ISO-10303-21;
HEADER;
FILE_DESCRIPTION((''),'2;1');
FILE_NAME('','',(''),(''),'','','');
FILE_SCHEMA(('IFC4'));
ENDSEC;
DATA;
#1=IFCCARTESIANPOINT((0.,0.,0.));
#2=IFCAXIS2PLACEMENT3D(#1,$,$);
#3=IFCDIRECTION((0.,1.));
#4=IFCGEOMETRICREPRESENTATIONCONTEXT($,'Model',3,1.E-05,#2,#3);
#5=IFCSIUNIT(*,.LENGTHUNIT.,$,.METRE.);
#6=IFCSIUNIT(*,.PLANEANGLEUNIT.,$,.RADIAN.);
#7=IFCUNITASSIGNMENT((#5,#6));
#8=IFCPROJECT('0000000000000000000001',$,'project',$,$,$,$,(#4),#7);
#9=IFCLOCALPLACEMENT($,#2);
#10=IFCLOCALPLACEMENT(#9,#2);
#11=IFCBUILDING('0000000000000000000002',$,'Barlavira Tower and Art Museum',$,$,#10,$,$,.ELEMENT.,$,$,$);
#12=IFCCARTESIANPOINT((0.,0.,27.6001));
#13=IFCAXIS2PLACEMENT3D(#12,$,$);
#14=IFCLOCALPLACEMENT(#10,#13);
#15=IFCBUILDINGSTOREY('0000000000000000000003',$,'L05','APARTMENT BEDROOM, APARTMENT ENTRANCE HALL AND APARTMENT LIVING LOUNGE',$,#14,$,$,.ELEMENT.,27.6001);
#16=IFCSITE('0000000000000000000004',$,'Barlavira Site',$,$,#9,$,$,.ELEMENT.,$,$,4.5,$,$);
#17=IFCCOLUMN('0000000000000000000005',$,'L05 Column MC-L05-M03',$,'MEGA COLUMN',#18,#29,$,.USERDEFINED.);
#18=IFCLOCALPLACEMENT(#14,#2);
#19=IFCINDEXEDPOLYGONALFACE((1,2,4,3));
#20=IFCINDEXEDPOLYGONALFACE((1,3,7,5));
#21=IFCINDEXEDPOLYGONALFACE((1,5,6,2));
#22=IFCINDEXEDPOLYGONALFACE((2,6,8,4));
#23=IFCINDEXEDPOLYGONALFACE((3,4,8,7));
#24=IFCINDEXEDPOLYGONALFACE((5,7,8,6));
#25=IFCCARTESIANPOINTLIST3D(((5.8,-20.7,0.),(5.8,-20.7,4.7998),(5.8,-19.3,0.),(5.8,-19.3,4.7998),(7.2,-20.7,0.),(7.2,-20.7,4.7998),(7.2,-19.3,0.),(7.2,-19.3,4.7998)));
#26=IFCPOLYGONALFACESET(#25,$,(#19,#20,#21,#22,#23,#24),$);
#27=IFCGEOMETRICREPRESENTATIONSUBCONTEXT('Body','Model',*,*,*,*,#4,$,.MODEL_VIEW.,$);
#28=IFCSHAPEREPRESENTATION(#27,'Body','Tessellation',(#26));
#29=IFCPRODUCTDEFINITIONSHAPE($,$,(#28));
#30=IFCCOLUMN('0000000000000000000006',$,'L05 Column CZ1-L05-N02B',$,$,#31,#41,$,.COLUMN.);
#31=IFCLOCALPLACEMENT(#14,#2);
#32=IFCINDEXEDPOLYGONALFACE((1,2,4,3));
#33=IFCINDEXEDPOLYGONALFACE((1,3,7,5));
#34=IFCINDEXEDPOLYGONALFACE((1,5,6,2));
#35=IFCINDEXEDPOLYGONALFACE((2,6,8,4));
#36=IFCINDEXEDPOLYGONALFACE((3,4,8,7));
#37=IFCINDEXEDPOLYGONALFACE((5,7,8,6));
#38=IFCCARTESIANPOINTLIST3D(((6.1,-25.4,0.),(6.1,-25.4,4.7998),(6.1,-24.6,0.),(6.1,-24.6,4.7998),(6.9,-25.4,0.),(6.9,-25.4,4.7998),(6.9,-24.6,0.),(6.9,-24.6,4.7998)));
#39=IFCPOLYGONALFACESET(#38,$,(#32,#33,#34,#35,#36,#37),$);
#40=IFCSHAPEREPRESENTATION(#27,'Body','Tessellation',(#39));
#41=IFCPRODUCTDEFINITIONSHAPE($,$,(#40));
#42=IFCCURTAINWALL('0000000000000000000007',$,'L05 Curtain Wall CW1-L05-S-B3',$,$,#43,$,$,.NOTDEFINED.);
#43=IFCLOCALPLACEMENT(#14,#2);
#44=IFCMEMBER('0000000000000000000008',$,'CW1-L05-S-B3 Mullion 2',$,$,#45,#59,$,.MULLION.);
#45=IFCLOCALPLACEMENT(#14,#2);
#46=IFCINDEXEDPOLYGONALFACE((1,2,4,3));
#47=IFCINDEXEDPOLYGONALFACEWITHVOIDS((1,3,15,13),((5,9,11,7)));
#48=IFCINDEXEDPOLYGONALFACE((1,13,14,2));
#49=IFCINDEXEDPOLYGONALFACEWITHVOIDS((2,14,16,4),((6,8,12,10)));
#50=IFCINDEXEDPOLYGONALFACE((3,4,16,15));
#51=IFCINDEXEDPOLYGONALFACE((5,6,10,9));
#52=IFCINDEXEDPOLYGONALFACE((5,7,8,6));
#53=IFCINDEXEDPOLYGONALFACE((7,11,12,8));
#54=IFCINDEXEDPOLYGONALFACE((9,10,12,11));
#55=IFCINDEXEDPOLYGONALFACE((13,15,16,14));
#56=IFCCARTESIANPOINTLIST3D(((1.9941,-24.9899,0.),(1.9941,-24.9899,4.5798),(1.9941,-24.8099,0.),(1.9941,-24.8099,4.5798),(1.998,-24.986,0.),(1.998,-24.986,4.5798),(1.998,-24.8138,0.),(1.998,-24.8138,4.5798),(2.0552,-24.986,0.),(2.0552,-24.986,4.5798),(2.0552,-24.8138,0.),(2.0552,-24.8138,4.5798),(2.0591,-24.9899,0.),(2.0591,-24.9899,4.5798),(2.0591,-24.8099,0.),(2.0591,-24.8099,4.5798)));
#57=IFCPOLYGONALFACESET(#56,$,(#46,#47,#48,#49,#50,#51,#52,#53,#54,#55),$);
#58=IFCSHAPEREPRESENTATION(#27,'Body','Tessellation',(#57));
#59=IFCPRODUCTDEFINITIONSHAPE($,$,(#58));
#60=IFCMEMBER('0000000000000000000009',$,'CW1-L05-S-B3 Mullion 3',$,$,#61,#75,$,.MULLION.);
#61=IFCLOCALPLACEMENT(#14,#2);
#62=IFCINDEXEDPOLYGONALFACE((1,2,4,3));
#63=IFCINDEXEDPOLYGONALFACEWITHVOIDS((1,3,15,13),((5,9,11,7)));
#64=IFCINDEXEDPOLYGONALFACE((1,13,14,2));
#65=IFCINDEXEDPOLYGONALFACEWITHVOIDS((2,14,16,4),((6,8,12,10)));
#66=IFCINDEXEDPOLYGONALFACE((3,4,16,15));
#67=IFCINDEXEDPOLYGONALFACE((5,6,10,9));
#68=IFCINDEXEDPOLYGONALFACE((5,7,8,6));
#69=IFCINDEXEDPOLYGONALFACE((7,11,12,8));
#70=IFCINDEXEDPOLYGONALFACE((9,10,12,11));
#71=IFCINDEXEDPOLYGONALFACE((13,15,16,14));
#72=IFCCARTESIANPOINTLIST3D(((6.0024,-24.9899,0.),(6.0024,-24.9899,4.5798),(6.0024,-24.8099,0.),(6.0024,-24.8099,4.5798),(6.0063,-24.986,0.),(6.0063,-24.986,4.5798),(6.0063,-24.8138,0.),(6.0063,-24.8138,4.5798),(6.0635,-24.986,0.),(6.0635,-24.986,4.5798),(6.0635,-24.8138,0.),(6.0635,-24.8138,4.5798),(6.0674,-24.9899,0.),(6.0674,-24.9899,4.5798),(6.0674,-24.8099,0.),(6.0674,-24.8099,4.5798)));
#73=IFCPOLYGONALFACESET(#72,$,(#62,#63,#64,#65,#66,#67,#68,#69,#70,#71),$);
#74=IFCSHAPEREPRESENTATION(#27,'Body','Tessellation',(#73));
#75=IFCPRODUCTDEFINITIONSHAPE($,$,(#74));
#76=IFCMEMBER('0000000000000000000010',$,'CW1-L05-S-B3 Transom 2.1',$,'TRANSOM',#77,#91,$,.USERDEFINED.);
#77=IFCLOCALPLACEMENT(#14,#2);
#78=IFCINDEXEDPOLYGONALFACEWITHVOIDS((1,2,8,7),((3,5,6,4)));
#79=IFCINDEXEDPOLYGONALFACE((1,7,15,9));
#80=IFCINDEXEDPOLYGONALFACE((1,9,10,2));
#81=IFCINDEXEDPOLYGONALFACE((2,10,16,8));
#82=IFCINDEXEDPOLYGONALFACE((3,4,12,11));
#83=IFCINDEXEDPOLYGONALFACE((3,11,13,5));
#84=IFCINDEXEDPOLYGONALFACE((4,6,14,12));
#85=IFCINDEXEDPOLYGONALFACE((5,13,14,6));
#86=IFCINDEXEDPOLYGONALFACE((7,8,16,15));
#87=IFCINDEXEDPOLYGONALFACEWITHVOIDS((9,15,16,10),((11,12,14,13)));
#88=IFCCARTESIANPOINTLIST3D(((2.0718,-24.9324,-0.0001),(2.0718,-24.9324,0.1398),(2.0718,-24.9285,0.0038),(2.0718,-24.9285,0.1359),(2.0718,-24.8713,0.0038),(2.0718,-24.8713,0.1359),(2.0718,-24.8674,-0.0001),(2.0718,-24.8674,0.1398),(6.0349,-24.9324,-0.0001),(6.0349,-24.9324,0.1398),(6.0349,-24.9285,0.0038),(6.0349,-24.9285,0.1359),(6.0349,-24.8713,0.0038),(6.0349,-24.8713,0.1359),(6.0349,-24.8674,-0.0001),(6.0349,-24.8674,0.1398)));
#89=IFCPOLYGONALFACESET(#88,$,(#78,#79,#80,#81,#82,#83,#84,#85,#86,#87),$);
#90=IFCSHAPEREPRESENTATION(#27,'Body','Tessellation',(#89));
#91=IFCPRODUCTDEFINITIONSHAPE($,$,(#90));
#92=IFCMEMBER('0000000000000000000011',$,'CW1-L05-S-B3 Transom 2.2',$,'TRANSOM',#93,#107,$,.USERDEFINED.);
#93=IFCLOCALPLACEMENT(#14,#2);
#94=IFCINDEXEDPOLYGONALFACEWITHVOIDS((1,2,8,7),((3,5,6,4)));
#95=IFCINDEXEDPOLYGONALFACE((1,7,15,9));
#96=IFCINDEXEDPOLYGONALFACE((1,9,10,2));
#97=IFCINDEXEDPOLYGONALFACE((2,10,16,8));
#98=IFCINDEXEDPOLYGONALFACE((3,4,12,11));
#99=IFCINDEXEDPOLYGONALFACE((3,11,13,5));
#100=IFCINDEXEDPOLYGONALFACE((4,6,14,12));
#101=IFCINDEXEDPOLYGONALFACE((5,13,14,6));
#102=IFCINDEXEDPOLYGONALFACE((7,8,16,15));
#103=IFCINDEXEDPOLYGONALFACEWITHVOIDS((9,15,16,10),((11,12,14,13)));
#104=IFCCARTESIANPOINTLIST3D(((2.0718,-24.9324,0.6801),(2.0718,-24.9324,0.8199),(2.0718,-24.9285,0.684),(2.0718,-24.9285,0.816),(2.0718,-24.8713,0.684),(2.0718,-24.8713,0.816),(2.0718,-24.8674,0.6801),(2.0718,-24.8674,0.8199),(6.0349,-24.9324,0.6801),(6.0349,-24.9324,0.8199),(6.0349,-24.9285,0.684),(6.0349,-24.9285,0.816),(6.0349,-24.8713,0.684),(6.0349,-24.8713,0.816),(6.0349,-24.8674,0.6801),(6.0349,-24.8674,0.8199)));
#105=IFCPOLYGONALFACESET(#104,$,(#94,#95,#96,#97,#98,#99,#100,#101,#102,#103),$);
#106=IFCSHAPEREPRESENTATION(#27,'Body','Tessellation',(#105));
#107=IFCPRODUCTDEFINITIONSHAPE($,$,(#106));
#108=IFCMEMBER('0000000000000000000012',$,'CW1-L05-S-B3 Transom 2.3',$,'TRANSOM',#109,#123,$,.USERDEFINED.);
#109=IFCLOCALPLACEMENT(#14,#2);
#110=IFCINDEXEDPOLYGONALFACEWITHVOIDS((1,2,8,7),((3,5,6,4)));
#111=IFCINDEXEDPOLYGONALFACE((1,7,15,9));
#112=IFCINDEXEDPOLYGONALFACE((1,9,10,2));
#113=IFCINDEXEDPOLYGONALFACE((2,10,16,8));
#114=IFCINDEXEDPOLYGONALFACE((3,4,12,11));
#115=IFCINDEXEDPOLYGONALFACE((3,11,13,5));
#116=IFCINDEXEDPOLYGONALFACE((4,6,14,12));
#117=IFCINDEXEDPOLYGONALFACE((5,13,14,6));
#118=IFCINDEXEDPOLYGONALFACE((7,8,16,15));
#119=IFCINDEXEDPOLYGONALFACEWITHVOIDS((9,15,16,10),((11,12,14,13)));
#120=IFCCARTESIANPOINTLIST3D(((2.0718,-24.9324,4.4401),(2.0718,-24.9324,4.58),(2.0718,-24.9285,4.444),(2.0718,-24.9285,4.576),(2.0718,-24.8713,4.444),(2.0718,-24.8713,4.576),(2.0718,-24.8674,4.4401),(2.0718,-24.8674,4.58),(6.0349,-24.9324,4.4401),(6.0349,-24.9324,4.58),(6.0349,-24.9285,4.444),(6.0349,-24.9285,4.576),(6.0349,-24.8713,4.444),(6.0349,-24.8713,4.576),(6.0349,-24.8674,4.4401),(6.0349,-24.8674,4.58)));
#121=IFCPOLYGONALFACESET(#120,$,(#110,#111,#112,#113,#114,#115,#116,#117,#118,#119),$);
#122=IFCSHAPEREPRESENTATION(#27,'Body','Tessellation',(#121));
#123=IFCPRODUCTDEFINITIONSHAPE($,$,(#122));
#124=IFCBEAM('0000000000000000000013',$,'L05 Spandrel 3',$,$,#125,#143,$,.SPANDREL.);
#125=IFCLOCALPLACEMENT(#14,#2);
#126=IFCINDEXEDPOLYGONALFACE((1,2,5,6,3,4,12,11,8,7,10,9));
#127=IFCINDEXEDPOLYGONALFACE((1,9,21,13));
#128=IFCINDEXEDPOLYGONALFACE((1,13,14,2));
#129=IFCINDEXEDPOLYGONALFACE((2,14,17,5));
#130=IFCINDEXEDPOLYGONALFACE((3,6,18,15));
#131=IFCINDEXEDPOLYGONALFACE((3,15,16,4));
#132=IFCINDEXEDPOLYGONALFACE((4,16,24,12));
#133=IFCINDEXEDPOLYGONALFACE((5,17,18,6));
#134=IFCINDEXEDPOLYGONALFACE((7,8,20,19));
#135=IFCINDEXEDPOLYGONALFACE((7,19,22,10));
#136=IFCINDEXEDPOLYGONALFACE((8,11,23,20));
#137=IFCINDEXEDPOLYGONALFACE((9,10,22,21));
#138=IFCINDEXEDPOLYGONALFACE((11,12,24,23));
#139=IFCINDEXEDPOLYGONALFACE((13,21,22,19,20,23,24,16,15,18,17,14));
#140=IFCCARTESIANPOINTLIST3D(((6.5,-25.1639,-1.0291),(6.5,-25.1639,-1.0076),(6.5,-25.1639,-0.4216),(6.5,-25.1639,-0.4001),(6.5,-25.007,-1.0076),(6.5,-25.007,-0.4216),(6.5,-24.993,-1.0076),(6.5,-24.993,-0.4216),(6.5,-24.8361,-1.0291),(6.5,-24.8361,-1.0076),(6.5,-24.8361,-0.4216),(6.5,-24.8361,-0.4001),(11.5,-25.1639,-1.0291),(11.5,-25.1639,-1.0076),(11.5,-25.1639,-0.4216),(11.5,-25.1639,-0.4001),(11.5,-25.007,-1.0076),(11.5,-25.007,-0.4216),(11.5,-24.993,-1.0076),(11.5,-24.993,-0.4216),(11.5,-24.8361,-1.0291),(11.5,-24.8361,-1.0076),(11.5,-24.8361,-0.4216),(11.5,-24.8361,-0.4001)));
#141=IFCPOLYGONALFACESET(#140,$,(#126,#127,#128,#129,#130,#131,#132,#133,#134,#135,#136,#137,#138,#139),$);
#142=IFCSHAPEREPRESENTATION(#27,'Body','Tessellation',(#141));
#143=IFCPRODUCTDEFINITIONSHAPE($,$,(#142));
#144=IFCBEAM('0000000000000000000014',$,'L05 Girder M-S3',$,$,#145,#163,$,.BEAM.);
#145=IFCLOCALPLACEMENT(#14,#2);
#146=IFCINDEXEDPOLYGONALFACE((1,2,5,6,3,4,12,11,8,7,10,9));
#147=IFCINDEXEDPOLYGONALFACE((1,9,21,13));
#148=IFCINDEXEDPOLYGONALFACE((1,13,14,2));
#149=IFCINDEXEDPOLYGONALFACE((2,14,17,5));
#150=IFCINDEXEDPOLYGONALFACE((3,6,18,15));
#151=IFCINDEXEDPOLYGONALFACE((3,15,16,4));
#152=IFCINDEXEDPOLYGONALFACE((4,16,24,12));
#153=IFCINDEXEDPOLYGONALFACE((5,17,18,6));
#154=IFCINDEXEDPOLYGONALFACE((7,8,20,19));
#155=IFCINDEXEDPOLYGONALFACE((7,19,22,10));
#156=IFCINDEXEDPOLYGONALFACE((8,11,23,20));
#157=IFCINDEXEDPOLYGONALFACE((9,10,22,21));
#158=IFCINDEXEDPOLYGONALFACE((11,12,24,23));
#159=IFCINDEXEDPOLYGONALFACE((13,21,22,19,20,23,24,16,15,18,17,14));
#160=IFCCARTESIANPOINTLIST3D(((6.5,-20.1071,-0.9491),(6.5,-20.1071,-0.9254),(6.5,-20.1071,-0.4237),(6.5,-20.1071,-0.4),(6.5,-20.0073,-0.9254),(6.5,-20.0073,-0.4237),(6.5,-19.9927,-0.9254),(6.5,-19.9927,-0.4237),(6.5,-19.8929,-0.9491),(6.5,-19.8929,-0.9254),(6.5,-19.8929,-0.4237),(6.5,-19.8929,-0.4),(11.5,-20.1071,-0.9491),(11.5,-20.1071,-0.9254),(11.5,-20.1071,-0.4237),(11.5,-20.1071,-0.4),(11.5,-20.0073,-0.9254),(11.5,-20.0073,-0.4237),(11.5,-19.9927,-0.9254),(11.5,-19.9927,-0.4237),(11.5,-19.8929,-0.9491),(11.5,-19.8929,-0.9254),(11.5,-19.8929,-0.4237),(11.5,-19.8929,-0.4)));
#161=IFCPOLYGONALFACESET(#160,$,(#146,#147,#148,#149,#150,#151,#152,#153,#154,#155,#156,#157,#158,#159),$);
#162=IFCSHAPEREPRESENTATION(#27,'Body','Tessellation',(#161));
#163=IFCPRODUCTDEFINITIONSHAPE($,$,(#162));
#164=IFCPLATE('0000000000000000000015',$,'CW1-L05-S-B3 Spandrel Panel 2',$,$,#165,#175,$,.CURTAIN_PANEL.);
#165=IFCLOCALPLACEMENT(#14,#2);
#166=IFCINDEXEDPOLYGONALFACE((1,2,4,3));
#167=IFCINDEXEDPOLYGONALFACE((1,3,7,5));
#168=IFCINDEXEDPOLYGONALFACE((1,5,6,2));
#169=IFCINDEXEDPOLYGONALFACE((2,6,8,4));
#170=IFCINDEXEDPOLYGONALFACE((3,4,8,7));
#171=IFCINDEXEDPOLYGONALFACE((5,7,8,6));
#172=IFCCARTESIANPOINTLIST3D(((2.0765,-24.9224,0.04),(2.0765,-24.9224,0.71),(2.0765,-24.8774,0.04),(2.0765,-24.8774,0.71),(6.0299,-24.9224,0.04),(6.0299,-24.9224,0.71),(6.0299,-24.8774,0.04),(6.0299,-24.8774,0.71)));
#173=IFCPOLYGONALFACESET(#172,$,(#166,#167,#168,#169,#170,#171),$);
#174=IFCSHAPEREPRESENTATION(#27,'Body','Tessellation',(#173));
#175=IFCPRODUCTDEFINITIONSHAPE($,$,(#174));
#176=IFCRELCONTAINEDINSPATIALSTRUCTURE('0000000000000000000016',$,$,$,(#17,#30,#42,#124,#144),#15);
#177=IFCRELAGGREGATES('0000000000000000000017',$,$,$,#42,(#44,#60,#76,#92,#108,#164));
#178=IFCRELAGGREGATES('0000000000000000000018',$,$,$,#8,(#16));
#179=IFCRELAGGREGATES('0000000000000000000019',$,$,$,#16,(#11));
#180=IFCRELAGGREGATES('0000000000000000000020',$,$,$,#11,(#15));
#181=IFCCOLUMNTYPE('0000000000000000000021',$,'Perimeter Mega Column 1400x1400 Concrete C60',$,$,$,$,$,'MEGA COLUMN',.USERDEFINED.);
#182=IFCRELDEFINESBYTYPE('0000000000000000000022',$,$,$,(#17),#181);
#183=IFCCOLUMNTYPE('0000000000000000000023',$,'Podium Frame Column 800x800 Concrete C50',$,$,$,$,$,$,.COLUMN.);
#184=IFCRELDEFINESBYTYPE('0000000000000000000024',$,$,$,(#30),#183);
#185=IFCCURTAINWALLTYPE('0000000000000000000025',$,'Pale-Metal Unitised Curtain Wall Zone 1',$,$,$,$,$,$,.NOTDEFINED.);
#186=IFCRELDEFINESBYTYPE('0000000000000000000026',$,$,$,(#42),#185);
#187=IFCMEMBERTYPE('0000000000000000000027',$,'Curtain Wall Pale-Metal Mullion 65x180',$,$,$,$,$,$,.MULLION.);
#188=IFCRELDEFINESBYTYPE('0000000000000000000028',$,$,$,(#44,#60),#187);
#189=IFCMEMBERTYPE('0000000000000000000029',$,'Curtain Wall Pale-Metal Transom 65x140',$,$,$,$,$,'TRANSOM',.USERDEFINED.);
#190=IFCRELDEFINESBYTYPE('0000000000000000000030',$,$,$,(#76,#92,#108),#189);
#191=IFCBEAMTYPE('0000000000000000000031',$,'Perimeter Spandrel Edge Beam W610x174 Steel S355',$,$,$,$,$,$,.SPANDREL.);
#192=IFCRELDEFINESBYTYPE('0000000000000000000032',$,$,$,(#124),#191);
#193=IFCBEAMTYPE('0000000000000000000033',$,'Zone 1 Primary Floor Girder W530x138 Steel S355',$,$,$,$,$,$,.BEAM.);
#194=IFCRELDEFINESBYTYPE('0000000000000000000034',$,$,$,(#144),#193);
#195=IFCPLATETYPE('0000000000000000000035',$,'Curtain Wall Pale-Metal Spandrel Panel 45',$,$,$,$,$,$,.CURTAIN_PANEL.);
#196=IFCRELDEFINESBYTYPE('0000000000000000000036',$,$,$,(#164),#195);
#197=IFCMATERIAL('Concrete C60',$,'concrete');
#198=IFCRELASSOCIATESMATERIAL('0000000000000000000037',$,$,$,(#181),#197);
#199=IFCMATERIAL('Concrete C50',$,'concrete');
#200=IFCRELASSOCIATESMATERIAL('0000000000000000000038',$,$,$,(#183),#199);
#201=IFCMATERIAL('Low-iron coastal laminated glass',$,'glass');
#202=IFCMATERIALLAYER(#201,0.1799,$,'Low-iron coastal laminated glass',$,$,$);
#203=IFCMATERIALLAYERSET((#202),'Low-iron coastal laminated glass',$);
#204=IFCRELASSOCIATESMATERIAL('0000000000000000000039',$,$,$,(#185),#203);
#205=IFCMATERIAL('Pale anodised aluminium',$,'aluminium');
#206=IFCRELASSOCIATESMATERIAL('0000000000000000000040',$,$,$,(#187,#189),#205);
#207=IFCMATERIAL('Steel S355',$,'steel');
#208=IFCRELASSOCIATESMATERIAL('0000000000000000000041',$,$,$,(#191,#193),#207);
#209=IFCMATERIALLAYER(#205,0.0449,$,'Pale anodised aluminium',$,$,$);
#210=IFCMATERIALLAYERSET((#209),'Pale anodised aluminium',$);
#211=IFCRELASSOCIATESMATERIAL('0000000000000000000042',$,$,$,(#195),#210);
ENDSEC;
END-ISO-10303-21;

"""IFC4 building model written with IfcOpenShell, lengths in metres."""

from ifc_helpers import new_model, si_unit, direction, frame, origin, origin_2d, place, context, subcontext, project, spatial, rectangle, hollow_rectangle, i_section, extrude, material, layer, layer_set, material_profile, profile_set, type_object, element, aggregate, save


model = new_model("IFC4")

# Units and contexts
model_context = context("Model", 3, precision=1e-05, world=origin(), true_north=direction((0.0, 1.0)))
body_context = subcontext(model_context, "Body", "Model", "MODEL_VIEW")
ifc_project = project(units=[si_unit("LENGTHUNIT", "METRE"), si_unit("PLANEANGLEUNIT", "RADIAN")], contexts=[model_context])

# Site, building, storey
site_placement = place(None, origin())
site = spatial("IfcSite", under=ifc_project, at=site_placement, Name="Barlavira Site", CompositionType="ELEMENT", RefElevation=4.5)
building_placement = place(site_placement, origin())
building = spatial("IfcBuilding", under=site, at=building_placement, Name="Barlavira Tower and Art Museum", CompositionType="ELEMENT")
storey_placement = place(building_placement, frame((0.0, 0.0, 27.6001)))
storey = spatial("IfcBuildingStorey", under=building, at=storey_placement, Name="L05", Description="APARTMENT BEDROOM, APARTMENT ENTRANCE HALL AND APARTMENT LIVING LOUNGE", CompositionType="ELEMENT", Elevation=27.6001)

# Columns
ifc_material_1 = material(Name="Concrete C60", Category="concrete")
ifc_material_profile_1 = material_profile(ifc_material_1, rectangle(XDim=1.3999, YDim=1.3999, at=origin_2d()), Name="RC-MCOL 1400x1400")
ifc_profile_set_1 = profile_set([ifc_material_profile_1], Name="Concrete C60")
column_type_1 = type_object("IfcColumnType", Name="Perimeter Mega Column 1400x1400 Concrete C60", ElementType="MEGA COLUMN", PredefinedType="USERDEFINED", material=ifc_profile_set_1)
column_1_placement = place(storey_placement, frame((6.5, -20.0, 0.0), z_axis=(0.0, 0.0, 1.0), x_axis=(1.0, 0.0, 0.0)))
element("IfcColumn", 1, at=column_1_placement, inside=storey, type_object=column_type_1, Name="L05 Column MC-L05-M03", ObjectType="MEGA COLUMN", PredefinedType="USERDEFINED", context=body_context, shape_type="SweptSolid", body=[
    extrude(rectangle(XDim=1.3999, YDim=1.3999, at=origin_2d()), origin(), (0.0, 0.0, 1.0), 4.7998),
])
ifc_material_2 = material(Name="Concrete C50", Category="concrete")
ifc_material_profile_2 = material_profile(ifc_material_2, rectangle(XDim=0.8, YDim=0.8, at=origin_2d()), Name="RC-COL 800x800")
ifc_profile_set_2 = profile_set([ifc_material_profile_2], Name="Concrete C50")
column_type_2 = type_object("IfcColumnType", Name="Podium Frame Column 800x800 Concrete C50", PredefinedType="COLUMN", material=ifc_profile_set_2)
column_2_placement = place(storey_placement, frame((6.5, -25.0, 0.0), z_axis=(0.0, 0.0, 1.0), x_axis=(1.0, 0.0, 0.0)))
element("IfcColumn", 2, at=column_2_placement, inside=storey, type_object=column_type_2, Name="L05 Column CZ1-L05-N02B", PredefinedType="COLUMN", context=body_context, shape_type="SweptSolid", body=[
    extrude(rectangle(XDim=0.8, YDim=0.8, at=origin_2d()), origin(), (0.0, 0.0, 1.0), 4.7998),
])

# Curtain wall, members
ifc_material_3 = material(Name="Low-iron coastal laminated glass", Category="glass")
ifc_layer_1 = layer(ifc_material_3, 0.1799, Name="Low-iron coastal laminated glass")
ifc_layer_set_1 = layer_set([ifc_layer_1], Name="Low-iron coastal laminated glass")
curtain_wall_type = type_object("IfcCurtainWallType", Name="Pale-Metal Unitised Curtain Wall Zone 1", PredefinedType="NOTDEFINED", material=ifc_layer_set_1)
curtain_wall_placement = place(storey_placement, origin())
curtain_wall = element("IfcCurtainWall", 3, at=curtain_wall_placement, inside=storey, type_object=curtain_wall_type, Name="L05 Curtain Wall CW1-L05-S-B3", PredefinedType="NOTDEFINED")
ifc_material_4 = material(Name="Pale anodised aluminium", Category="aluminium")
ifc_material_profile_3 = material_profile(ifc_material_4, hollow_rectangle(XDim=0.0649, YDim=0.1799, WallThickness=0.0039, at=origin_2d()), Name="ALU-MULL 65x180x4")
ifc_profile_set_3 = profile_set([ifc_material_profile_3], Name="Pale anodised aluminium")
member_type_1 = type_object("IfcMemberType", Name="Curtain Wall Pale-Metal Mullion 65x180", PredefinedType="MULLION", material=ifc_profile_set_3)
member_1_placement = place(storey_placement, frame((2.0266, -24.8999, 0.0), z_axis=(0.0, 0.0, 1.0), x_axis=(1.0, 0.0, 0.0)))
member_1 = element("IfcMember", 4, at=member_1_placement, type_object=member_type_1, Name="CW1-L05-S-B3 Mullion 2", PredefinedType="MULLION", context=body_context, shape_type="SweptSolid", body=[
    extrude(hollow_rectangle(XDim=0.0649, YDim=0.1799, WallThickness=0.0039, at=origin_2d()), origin(), (0.0, 0.0, 1.0), 4.5798),
])
member_2_placement = place(storey_placement, frame((6.0349, -24.8999, 0.0), z_axis=(0.0, 0.0, 1.0), x_axis=(1.0, 0.0, 0.0)))
member_2 = element("IfcMember", 5, at=member_2_placement, type_object=member_type_1, Name="CW1-L05-S-B3 Mullion 3", PredefinedType="MULLION", context=body_context, shape_type="SweptSolid", body=[
    extrude(hollow_rectangle(XDim=0.0649, YDim=0.1799, WallThickness=0.0039, at=origin_2d()), origin(), (0.0, 0.0, 1.0), 4.5798),
])
ifc_material_profile_4 = material_profile(ifc_material_4, hollow_rectangle(XDim=0.0649, YDim=0.1399, WallThickness=0.0039, at=origin_2d()), Name="ALU-TRAN 65x140x4")
ifc_profile_set_4 = profile_set([ifc_material_profile_4], Name="Pale anodised aluminium")
member_type_2 = type_object("IfcMemberType", Name="Curtain Wall Pale-Metal Transom 65x140", ElementType="TRANSOM", PredefinedType="USERDEFINED", material=ifc_profile_set_4)
member_3_placement = place(storey_placement, frame((2.0718, -24.8999, 0.0698), z_axis=(1.0, 0.0, 0.0), x_axis=(0.0, 1.0, 0.0)))
member_3 = element("IfcMember", 6, at=member_3_placement, type_object=member_type_2, Name="CW1-L05-S-B3 Transom 2.1", ObjectType="TRANSOM", PredefinedType="USERDEFINED", context=body_context, shape_type="SweptSolid", body=[
    extrude(hollow_rectangle(XDim=0.0649, YDim=0.1399, WallThickness=0.0039, at=origin_2d()), origin(), (0.0, 0.0, 1.0), 3.9631),
])
member_4_placement = place(storey_placement, frame((2.0718, -24.8999, 0.75), z_axis=(1.0, 0.0, 0.0), x_axis=(0.0, 1.0, 0.0)))
member_4 = element("IfcMember", 7, at=member_4_placement, type_object=member_type_2, Name="CW1-L05-S-B3 Transom 2.2", ObjectType="TRANSOM", PredefinedType="USERDEFINED", context=body_context, shape_type="SweptSolid", body=[
    extrude(hollow_rectangle(XDim=0.0649, YDim=0.1399, WallThickness=0.0039, at=origin_2d()), origin(), (0.0, 0.0, 1.0), 3.9631),
])
member_5_placement = place(storey_placement, frame((2.0718, -24.8999, 4.51), z_axis=(1.0, 0.0, 0.0), x_axis=(0.0, 1.0, 0.0)))
member_5 = element("IfcMember", 8, at=member_5_placement, type_object=member_type_2, Name="CW1-L05-S-B3 Transom 2.3", ObjectType="TRANSOM", PredefinedType="USERDEFINED", context=body_context, shape_type="SweptSolid", body=[
    extrude(hollow_rectangle(XDim=0.0649, YDim=0.1399, WallThickness=0.0039, at=origin_2d()), origin(), (0.0, 0.0, 1.0), 3.9631),
])

# Beams
ifc_material_5 = material(Name="Steel S355", Category="steel")
ifc_material_profile_5 = material_profile(ifc_material_5, i_section(OverallWidth=0.3279, OverallDepth=0.6289, WebThickness=0.0139, FlangeThickness=0.0215, at=origin_2d()), Name="W610x174.0")
ifc_profile_set_5 = profile_set([ifc_material_profile_5], Name="Steel S355")
beam_type_1 = type_object("IfcBeamType", Name="Perimeter Spandrel Edge Beam W610x174 Steel S355", PredefinedType="SPANDREL", material=ifc_profile_set_5)
beam_1_placement = place(storey_placement, frame((6.5, -25.0, -0.7146), z_axis=(1.0, 0.0, 0.0), x_axis=(0.0, 1.0, 0.0)))
element("IfcBeam", 9, at=beam_1_placement, inside=storey, type_object=beam_type_1, Name="L05 Spandrel 3", PredefinedType="SPANDREL", context=body_context, shape_type="SweptSolid", body=[
    extrude(i_section(OverallWidth=0.3279, OverallDepth=0.6289, WebThickness=0.0139, FlangeThickness=0.0215, at=origin_2d()), origin(), (0.0, 0.0, 1.0), 5.0),
])
ifc_material_profile_6 = material_profile(ifc_material_5, i_section(OverallWidth=0.2141, OverallDepth=0.5491, WebThickness=0.0146, FlangeThickness=0.0237, at=origin_2d()), Name="W530x138.0")
ifc_profile_set_6 = profile_set([ifc_material_profile_6], Name="Steel S355")
beam_type_2 = type_object("IfcBeamType", Name="Zone 1 Primary Floor Girder W530x138 Steel S355", PredefinedType="BEAM", material=ifc_profile_set_6)
beam_2_placement = place(storey_placement, frame((6.5, -20.0, -0.6746), z_axis=(1.0, 0.0, 0.0), x_axis=(0.0, 1.0, 0.0)))
element("IfcBeam", 10, at=beam_2_placement, inside=storey, type_object=beam_type_2, Name="L05 Girder M-S3", PredefinedType="BEAM", context=body_context, shape_type="SweptSolid", body=[
    extrude(i_section(OverallWidth=0.2141, OverallDepth=0.5491, WebThickness=0.0146, FlangeThickness=0.0237, at=origin_2d()), origin(), (0.0, 0.0, 1.0), 5.0),
])

# Plate
ifc_layer_2 = layer(ifc_material_4, 0.0449, Name="Pale anodised aluminium")
ifc_layer_set_2 = layer_set([ifc_layer_2], Name="Pale anodised aluminium")
plate_type_1 = type_object("IfcPlateType", Name="Curtain Wall Pale-Metal Spandrel Panel 45", PredefinedType="CURTAIN_PANEL", material=ifc_layer_set_2)
plate_1_placement = place(storey_placement, frame((4.0532, -24.8999, 0.04), z_axis=(0.0, 0.0, 1.0), x_axis=(1.0, 0.0, 0.0)))
plate_1 = element("IfcPlate", 11, at=plate_1_placement, type_object=plate_type_1, Name="CW1-L05-S-B3 Spandrel Panel 2", PredefinedType="CURTAIN_PANEL", context=body_context, shape_type="SweptSolid", body=[
    extrude(rectangle(XDim=3.9534, YDim=0.0449, at=origin_2d()), origin(), (0.0, 0.0, 1.0), 0.6699),
])
aggregate(curtain_wall, [member_1, member_2, member_3, member_4, member_5, plate_1])

save(model, "model.ifc")
